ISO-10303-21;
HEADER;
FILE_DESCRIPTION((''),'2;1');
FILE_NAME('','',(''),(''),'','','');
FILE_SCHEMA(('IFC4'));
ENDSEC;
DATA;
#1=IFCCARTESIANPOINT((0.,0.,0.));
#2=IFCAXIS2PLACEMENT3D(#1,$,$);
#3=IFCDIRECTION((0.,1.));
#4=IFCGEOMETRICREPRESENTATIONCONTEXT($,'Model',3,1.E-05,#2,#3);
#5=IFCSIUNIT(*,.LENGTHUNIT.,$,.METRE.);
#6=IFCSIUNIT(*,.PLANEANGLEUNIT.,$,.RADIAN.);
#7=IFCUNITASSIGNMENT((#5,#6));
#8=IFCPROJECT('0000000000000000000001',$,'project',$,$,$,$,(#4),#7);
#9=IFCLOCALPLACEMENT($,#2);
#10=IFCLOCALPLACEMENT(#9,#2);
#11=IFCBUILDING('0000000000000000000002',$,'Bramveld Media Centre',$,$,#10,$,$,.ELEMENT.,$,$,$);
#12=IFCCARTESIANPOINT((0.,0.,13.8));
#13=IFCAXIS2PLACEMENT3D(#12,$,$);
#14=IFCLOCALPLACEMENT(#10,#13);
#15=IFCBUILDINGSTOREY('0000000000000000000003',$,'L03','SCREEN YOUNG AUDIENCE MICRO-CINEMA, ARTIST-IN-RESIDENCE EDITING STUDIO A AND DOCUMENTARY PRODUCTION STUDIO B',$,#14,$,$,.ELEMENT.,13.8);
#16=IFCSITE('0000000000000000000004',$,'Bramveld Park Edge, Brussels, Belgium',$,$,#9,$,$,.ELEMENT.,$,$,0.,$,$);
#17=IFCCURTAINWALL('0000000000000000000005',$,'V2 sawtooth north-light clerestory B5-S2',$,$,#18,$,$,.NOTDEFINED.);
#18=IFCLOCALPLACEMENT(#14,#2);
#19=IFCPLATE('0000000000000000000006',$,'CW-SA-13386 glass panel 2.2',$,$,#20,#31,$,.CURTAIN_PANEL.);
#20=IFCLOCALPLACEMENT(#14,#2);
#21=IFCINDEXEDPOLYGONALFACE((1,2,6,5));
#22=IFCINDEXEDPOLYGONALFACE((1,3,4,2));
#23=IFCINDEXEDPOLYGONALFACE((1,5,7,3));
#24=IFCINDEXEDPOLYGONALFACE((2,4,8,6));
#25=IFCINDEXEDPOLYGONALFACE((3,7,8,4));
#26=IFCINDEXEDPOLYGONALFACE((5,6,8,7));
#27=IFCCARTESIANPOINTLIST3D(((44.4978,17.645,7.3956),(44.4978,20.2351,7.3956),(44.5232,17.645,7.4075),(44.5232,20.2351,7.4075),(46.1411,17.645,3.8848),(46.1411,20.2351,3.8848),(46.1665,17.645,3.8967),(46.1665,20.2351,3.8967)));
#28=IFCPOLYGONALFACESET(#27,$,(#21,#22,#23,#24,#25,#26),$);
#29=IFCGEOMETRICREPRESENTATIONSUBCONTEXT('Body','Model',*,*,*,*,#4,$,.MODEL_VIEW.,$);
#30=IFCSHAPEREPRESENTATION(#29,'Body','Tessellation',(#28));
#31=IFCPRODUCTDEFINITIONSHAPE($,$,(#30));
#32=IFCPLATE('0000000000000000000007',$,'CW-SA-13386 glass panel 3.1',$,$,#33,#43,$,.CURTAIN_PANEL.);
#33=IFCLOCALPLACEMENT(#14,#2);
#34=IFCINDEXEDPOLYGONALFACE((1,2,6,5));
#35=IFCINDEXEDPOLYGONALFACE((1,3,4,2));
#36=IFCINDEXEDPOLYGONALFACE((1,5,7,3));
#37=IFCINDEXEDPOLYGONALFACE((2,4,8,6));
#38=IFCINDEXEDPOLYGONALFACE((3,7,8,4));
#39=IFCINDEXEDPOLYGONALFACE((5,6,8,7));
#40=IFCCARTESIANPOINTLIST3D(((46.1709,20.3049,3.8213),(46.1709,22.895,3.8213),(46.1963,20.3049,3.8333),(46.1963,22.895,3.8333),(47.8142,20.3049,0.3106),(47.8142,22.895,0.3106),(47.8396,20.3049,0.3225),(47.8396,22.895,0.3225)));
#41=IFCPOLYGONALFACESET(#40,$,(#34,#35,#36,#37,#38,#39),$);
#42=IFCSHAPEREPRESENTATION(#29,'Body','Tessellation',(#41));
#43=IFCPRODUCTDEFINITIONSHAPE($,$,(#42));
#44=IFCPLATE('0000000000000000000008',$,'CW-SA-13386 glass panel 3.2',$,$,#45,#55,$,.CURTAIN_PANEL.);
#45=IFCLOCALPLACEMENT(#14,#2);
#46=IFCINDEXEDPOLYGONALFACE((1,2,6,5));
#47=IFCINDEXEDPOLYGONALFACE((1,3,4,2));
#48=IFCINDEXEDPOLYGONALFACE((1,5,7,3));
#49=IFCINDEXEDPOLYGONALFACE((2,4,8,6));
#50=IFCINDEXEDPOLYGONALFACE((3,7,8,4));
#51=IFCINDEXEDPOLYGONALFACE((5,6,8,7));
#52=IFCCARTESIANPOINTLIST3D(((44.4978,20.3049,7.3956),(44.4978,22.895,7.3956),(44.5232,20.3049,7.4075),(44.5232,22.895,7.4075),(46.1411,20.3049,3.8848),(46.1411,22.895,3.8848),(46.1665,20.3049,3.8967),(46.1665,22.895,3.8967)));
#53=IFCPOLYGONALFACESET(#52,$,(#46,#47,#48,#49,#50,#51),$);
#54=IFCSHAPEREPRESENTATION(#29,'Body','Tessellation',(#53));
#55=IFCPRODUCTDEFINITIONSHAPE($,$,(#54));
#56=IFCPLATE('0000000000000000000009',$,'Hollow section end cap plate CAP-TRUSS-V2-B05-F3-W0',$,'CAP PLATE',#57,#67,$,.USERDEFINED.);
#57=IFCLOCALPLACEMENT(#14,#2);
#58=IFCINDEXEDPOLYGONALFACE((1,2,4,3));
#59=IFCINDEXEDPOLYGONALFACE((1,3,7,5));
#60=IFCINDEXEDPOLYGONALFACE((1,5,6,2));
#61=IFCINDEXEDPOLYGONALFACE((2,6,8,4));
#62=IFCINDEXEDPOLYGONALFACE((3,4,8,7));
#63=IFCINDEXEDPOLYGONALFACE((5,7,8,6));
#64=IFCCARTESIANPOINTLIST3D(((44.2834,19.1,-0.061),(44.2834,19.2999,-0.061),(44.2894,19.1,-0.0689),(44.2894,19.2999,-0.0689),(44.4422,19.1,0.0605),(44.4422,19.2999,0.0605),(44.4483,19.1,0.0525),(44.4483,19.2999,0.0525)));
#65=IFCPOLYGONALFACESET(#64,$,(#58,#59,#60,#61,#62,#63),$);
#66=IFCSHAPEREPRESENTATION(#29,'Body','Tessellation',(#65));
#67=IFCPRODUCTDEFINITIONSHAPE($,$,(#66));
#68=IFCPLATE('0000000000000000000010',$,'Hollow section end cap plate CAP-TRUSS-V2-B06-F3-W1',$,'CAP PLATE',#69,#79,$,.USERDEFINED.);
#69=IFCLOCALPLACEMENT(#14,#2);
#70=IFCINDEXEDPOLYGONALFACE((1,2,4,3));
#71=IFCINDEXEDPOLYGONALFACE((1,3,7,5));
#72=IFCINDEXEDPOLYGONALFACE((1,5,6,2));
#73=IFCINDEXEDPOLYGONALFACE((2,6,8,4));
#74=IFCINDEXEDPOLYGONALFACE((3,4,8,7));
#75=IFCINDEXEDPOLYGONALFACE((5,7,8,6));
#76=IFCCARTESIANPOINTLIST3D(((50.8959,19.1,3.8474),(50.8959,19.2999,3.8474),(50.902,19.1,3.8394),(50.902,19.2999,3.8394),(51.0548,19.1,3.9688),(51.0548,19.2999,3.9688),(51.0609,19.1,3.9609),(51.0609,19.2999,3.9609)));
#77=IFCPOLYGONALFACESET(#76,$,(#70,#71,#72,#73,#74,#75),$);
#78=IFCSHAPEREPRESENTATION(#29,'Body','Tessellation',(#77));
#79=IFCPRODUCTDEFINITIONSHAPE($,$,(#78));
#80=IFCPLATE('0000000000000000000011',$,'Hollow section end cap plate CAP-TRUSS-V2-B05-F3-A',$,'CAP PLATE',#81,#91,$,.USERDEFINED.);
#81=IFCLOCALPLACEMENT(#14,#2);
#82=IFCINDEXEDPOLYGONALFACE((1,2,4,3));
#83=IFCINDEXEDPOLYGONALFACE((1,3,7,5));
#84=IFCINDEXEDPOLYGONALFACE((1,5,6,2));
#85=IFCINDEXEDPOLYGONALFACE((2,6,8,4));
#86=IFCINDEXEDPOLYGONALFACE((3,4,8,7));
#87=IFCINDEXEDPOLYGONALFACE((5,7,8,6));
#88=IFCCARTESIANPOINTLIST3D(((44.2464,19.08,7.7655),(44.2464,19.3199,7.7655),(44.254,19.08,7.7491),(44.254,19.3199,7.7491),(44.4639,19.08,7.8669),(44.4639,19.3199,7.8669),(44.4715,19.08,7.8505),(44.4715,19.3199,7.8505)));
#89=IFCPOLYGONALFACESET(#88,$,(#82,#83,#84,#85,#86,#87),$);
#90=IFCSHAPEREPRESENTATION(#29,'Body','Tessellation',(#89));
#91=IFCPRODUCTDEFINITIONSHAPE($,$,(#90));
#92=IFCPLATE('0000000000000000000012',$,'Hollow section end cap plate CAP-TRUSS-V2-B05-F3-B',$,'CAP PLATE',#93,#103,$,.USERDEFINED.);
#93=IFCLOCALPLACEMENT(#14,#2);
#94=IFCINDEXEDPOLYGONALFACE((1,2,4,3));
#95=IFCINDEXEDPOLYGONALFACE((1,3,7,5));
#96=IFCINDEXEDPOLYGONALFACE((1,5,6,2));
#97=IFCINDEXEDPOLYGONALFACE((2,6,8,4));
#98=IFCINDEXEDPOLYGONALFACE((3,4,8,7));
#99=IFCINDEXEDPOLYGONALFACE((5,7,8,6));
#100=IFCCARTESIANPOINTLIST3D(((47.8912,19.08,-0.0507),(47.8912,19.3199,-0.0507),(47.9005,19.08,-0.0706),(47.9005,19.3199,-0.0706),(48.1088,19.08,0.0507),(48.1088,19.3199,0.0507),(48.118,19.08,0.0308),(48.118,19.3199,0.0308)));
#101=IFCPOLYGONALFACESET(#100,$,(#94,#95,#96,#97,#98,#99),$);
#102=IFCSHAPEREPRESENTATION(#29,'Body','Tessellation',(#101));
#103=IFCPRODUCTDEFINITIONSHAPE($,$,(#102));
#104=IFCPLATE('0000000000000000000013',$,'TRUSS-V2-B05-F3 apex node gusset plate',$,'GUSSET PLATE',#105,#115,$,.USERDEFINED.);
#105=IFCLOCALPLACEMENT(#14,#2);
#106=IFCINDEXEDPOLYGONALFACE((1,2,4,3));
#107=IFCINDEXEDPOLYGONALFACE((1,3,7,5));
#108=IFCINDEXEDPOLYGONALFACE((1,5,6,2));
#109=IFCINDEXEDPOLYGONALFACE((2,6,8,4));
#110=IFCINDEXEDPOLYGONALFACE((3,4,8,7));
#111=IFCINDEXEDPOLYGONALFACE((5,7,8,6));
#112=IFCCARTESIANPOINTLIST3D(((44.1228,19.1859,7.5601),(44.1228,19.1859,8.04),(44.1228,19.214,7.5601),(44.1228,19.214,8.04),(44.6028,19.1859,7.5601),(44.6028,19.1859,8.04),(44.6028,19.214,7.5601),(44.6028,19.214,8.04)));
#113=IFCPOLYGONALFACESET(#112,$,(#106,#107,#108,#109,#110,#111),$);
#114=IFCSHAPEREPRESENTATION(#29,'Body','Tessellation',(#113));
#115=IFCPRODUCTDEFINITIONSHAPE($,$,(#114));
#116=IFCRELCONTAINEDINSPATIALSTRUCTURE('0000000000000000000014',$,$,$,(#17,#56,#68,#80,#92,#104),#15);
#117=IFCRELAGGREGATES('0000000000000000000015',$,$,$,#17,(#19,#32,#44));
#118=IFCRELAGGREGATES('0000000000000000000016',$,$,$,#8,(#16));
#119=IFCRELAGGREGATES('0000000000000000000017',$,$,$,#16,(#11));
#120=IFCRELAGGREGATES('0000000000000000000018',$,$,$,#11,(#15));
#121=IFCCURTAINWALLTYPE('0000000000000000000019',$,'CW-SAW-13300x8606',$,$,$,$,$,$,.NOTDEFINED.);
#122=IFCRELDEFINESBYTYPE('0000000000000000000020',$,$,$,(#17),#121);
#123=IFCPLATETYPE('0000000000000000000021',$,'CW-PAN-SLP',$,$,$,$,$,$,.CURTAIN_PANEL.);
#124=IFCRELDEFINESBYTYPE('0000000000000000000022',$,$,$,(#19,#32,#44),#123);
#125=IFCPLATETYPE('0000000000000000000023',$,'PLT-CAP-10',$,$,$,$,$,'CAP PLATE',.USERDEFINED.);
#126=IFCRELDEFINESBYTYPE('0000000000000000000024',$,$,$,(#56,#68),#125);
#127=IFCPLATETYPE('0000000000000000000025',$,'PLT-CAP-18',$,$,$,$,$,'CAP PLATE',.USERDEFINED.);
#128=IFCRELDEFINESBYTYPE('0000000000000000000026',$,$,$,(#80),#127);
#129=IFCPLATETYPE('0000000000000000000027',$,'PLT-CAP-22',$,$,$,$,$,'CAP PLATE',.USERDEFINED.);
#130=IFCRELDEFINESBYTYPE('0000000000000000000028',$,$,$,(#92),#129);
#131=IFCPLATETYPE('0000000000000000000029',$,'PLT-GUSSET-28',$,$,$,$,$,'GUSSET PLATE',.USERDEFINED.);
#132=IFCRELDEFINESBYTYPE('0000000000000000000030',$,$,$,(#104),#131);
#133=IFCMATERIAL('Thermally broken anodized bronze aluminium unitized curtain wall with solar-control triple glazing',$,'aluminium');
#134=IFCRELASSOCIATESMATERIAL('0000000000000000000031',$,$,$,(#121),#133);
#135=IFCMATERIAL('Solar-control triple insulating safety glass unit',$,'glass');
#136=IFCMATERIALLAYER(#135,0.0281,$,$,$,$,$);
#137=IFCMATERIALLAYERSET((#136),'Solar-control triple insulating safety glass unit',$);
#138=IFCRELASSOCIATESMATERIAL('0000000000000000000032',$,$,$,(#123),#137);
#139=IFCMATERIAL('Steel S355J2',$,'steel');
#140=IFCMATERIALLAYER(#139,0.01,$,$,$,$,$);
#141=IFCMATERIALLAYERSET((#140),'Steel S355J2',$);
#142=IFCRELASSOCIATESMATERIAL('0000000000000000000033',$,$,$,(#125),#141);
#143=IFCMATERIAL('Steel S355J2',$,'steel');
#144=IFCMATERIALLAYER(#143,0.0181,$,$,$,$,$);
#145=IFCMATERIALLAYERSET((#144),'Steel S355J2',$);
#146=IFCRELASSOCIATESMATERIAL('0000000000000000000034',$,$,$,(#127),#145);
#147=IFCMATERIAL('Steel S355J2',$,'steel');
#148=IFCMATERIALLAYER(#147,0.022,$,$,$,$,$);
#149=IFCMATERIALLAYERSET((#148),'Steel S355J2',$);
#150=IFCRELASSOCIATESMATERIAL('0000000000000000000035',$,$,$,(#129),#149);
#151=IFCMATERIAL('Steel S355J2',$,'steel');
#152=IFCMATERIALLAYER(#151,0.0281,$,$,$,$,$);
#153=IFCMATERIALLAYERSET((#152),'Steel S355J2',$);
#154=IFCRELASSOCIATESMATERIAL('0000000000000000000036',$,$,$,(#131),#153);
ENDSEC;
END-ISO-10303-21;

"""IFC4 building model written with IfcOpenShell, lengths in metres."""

from ifc_helpers import new_model, si_unit, direction, frame, origin, origin_2d, place, context, subcontext, project, spatial, polyline, rectangle, outline, extrude, material, layer, layer_set, type_object, element, aggregate, save


model = new_model("IFC4")

# Units and contexts
model_context = context("Model", 3, precision=1e-05, world=origin(), true_north=direction((0.0, 1.0)))
body_context = subcontext(model_context, "Body", "Model", "MODEL_VIEW")
ifc_project = project(units=[si_unit("LENGTHUNIT", "METRE"), si_unit("PLANEANGLEUNIT", "RADIAN")], contexts=[model_context])

# Site, building, storey
site_placement = place(None, origin())
site = spatial("IfcSite", under=ifc_project, at=site_placement, Name="Bramveld Park Edge, Brussels, Belgium", CompositionType="ELEMENT", RefElevation=0.0)
building_placement = place(site_placement, origin())
building = spatial("IfcBuilding", under=site, at=building_placement, Name="Bramveld Media Centre", CompositionType="ELEMENT")
storey_placement = place(building_placement, frame((0.0, 0.0, 13.8)))
storey = spatial("IfcBuildingStorey", under=building, at=storey_placement, Name="L03", Description="SCREEN YOUNG AUDIENCE MICRO-CINEMA, ARTIST-IN-RESIDENCE EDITING STUDIO A AND DOCUMENTARY PRODUCTION STUDIO B", CompositionType="ELEMENT", Elevation=13.8)

# Curtain wall
ifc_material_1 = material(Name="Thermally broken anodized bronze aluminium unitized curtain wall with solar-control triple glazing", Category="aluminium")
curtain_wall_type = type_object("IfcCurtainWallType", Name="CW-SAW-13300x8606", PredefinedType="NOTDEFINED", material=ifc_material_1)
curtain_wall_placement = place(storey_placement, origin())
curtain_wall = element("IfcCurtainWall", 1, at=curtain_wall_placement, inside=storey, type_object=curtain_wall_type, Name="V2 sawtooth north-light clerestory B5-S2", PredefinedType="NOTDEFINED")

# Plates
ifc_material_2 = material(Name="Solar-control triple insulating safety glass unit", Category="glass")
ifc_layer_1 = layer(ifc_material_2, 0.0281)
ifc_layer_set_1 = layer_set([ifc_layer_1], Name="Solar-control triple insulating safety glass unit")
plate_type_1 = type_object("IfcPlateType", Name="CW-PAN-SLP", PredefinedType="CURTAIN_PANEL", material=ifc_layer_set_1)
plate_1_placement = place(storey_placement, frame((46.1665, 17.645, 3.8967), z_axis=(0.905692, 0.0, 0.423937), x_axis=(0.0, 1.0, 0.0)))
plate_1 = element("IfcPlate", 2, at=plate_1_placement, type_object=plate_type_1, Name="CW-SA-13386 glass panel 2.2", PredefinedType="CURTAIN_PANEL", context=body_context, shape_type="SweptSolid", body=[
    extrude(outline(polyline([(0.0, 0.0), (2.5901, 0.0), (2.5901, 3.8763), (0.0, 3.8763), (0.0, 0.0)])), origin(), (0.0, 0.0, -1.0), 0.0281),
])
plate_2_placement = place(storey_placement, frame((47.8396, 20.3049, 0.3225), z_axis=(0.905692, 0.0, 0.423937), x_axis=(0.0, 1.0, 0.0)))
plate_2 = element("IfcPlate", 3, at=plate_2_placement, type_object=plate_type_1, Name="CW-SA-13386 glass panel 3.1", PredefinedType="CURTAIN_PANEL", context=body_context, shape_type="SweptSolid", body=[
    extrude(outline(polyline([(0.0, 0.0), (2.5901, 0.0), (2.5901, 3.8763), (0.0, 3.8763), (0.0, 0.0)])), origin(), (0.0, 0.0, -1.0), 0.0281),
])
plate_3_placement = place(storey_placement, frame((46.1665, 20.3049, 3.8967), z_axis=(0.905692, 0.0, 0.423937), x_axis=(0.0, 1.0, 0.0)))
plate_3 = element("IfcPlate", 4, at=plate_3_placement, type_object=plate_type_1, Name="CW-SA-13386 glass panel 3.2", PredefinedType="CURTAIN_PANEL", context=body_context, shape_type="SweptSolid", body=[
    extrude(outline(polyline([(0.0, 0.0), (2.5901, 0.0), (2.5901, 3.8763), (0.0, 3.8763), (0.0, 0.0)])), origin(), (0.0, 0.0, -1.0), 0.0281),
])
aggregate(curtain_wall, [plate_1, plate_2, plate_3])

# Plates
ifc_material_3 = material(Name="Steel S355J2", Category="steel")
ifc_layer_2 = layer(ifc_material_3, 0.01)
ifc_layer_set_2 = layer_set([ifc_layer_2], Name="Steel S355J2")
plate_type_2 = type_object("IfcPlateType", Name="PLT-CAP-10", ElementType="CAP PLATE", PredefinedType="USERDEFINED", material=ifc_layer_set_2)
for number, where, z_axis, x_axis, name in (
    (5, (44.3628, 19.2, -0.0002), (0.607328, 0.0, -0.794451), (0.0, 1.0, 0.0), "Hollow section end cap plate CAP-TRUSS-V2-B05-F3-W0"),
    (6, (50.9814, 19.2, 3.9001), (-0.607328, 0.0, 0.794451), (0.0, -1.0, 0.0), "Hollow section end cap plate CAP-TRUSS-V2-B06-F3-W1"),
):
    element("IfcPlate", number, at=place(storey_placement, frame(where, z_axis=z_axis, x_axis=x_axis)), inside=storey, type_object=plate_type_2, Name=name, ObjectType="CAP PLATE", PredefinedType="USERDEFINED", context=body_context, shape_type="SweptSolid", body=[
        extrude(rectangle(XDim=0.2, YDim=0.2, at=origin_2d()), origin(), (0.0, 0.0, 1.0), 0.01),
    ])
ifc_material_4 = material(Name="Steel S355J2", Category="steel")
ifc_layer_3 = layer(ifc_material_4, 0.0181)
ifc_layer_set_3 = layer_set([ifc_layer_3], Name="Steel S355J2")
plate_type_3 = type_object("IfcPlateType", Name="PLT-CAP-18", ElementType="CAP PLATE", PredefinedType="USERDEFINED", material=ifc_layer_set_3)
plate_4_placement = place(storey_placement, frame((44.3628, 19.2, 7.7998), z_axis=(-0.422618, 0.0, 0.906308), x_axis=(0.0, -1.0, 0.0)))
element("IfcPlate", 7, at=plate_4_placement, inside=storey, type_object=plate_type_3, Name="Hollow section end cap plate CAP-TRUSS-V2-B05-F3-A", ObjectType="CAP PLATE", PredefinedType="USERDEFINED", context=body_context, shape_type="SweptSolid", body=[
    extrude(rectangle(XDim=0.24, YDim=0.24, at=origin_2d()), origin(), (0.0, 0.0, 1.0), 0.0181),
])
ifc_material_5 = material(Name="Steel S355J2", Category="steel")
ifc_layer_4 = layer(ifc_material_5, 0.022)
ifc_layer_set_4 = layer_set([ifc_layer_4], Name="Steel S355J2")
plate_type_4 = type_object("IfcPlateType", Name="PLT-CAP-22", ElementType="CAP PLATE", PredefinedType="USERDEFINED", material=ifc_layer_set_4)
plate_5_placement = place(storey_placement, frame((48.0, 19.2, 0.0), z_axis=(0.422618, 0.0, -0.906308), x_axis=(0.0, 1.0, 0.0)))
element("IfcPlate", 8, at=plate_5_placement, inside=storey, type_object=plate_type_4, Name="Hollow section end cap plate CAP-TRUSS-V2-B05-F3-B", ObjectType="CAP PLATE", PredefinedType="USERDEFINED", context=body_context, shape_type="SweptSolid", body=[
    extrude(rectangle(XDim=0.24, YDim=0.24, at=origin_2d()), origin(), (0.0, 0.0, 1.0), 0.022),
])
ifc_material_6 = material(Name="Steel S355J2", Category="steel")
ifc_layer_5 = layer(ifc_material_6, 0.0281)
ifc_layer_set_5 = layer_set([ifc_layer_5], Name="Steel S355J2")
plate_type_5 = type_object("IfcPlateType", Name="PLT-GUSSET-28", ElementType="GUSSET PLATE", PredefinedType="USERDEFINED", material=ifc_layer_set_5)
plate_6_placement = place(storey_placement, frame((44.3628, 19.2, 7.5601), z_axis=(0.0, 0.0, 1.0), x_axis=(1.0, 0.0, 0.0)))
element("IfcPlate", 9, at=plate_6_placement, inside=storey, type_object=plate_type_5, Name="TRUSS-V2-B05-F3 apex node gusset plate", ObjectType="GUSSET PLATE", PredefinedType="USERDEFINED", context=body_context, shape_type="SweptSolid", body=[
    extrude(rectangle(XDim=0.48, YDim=0.0281, at=origin_2d()), origin(), (0.0, 0.0, 1.0), 0.48),
])

save(model, "model.ifc")
